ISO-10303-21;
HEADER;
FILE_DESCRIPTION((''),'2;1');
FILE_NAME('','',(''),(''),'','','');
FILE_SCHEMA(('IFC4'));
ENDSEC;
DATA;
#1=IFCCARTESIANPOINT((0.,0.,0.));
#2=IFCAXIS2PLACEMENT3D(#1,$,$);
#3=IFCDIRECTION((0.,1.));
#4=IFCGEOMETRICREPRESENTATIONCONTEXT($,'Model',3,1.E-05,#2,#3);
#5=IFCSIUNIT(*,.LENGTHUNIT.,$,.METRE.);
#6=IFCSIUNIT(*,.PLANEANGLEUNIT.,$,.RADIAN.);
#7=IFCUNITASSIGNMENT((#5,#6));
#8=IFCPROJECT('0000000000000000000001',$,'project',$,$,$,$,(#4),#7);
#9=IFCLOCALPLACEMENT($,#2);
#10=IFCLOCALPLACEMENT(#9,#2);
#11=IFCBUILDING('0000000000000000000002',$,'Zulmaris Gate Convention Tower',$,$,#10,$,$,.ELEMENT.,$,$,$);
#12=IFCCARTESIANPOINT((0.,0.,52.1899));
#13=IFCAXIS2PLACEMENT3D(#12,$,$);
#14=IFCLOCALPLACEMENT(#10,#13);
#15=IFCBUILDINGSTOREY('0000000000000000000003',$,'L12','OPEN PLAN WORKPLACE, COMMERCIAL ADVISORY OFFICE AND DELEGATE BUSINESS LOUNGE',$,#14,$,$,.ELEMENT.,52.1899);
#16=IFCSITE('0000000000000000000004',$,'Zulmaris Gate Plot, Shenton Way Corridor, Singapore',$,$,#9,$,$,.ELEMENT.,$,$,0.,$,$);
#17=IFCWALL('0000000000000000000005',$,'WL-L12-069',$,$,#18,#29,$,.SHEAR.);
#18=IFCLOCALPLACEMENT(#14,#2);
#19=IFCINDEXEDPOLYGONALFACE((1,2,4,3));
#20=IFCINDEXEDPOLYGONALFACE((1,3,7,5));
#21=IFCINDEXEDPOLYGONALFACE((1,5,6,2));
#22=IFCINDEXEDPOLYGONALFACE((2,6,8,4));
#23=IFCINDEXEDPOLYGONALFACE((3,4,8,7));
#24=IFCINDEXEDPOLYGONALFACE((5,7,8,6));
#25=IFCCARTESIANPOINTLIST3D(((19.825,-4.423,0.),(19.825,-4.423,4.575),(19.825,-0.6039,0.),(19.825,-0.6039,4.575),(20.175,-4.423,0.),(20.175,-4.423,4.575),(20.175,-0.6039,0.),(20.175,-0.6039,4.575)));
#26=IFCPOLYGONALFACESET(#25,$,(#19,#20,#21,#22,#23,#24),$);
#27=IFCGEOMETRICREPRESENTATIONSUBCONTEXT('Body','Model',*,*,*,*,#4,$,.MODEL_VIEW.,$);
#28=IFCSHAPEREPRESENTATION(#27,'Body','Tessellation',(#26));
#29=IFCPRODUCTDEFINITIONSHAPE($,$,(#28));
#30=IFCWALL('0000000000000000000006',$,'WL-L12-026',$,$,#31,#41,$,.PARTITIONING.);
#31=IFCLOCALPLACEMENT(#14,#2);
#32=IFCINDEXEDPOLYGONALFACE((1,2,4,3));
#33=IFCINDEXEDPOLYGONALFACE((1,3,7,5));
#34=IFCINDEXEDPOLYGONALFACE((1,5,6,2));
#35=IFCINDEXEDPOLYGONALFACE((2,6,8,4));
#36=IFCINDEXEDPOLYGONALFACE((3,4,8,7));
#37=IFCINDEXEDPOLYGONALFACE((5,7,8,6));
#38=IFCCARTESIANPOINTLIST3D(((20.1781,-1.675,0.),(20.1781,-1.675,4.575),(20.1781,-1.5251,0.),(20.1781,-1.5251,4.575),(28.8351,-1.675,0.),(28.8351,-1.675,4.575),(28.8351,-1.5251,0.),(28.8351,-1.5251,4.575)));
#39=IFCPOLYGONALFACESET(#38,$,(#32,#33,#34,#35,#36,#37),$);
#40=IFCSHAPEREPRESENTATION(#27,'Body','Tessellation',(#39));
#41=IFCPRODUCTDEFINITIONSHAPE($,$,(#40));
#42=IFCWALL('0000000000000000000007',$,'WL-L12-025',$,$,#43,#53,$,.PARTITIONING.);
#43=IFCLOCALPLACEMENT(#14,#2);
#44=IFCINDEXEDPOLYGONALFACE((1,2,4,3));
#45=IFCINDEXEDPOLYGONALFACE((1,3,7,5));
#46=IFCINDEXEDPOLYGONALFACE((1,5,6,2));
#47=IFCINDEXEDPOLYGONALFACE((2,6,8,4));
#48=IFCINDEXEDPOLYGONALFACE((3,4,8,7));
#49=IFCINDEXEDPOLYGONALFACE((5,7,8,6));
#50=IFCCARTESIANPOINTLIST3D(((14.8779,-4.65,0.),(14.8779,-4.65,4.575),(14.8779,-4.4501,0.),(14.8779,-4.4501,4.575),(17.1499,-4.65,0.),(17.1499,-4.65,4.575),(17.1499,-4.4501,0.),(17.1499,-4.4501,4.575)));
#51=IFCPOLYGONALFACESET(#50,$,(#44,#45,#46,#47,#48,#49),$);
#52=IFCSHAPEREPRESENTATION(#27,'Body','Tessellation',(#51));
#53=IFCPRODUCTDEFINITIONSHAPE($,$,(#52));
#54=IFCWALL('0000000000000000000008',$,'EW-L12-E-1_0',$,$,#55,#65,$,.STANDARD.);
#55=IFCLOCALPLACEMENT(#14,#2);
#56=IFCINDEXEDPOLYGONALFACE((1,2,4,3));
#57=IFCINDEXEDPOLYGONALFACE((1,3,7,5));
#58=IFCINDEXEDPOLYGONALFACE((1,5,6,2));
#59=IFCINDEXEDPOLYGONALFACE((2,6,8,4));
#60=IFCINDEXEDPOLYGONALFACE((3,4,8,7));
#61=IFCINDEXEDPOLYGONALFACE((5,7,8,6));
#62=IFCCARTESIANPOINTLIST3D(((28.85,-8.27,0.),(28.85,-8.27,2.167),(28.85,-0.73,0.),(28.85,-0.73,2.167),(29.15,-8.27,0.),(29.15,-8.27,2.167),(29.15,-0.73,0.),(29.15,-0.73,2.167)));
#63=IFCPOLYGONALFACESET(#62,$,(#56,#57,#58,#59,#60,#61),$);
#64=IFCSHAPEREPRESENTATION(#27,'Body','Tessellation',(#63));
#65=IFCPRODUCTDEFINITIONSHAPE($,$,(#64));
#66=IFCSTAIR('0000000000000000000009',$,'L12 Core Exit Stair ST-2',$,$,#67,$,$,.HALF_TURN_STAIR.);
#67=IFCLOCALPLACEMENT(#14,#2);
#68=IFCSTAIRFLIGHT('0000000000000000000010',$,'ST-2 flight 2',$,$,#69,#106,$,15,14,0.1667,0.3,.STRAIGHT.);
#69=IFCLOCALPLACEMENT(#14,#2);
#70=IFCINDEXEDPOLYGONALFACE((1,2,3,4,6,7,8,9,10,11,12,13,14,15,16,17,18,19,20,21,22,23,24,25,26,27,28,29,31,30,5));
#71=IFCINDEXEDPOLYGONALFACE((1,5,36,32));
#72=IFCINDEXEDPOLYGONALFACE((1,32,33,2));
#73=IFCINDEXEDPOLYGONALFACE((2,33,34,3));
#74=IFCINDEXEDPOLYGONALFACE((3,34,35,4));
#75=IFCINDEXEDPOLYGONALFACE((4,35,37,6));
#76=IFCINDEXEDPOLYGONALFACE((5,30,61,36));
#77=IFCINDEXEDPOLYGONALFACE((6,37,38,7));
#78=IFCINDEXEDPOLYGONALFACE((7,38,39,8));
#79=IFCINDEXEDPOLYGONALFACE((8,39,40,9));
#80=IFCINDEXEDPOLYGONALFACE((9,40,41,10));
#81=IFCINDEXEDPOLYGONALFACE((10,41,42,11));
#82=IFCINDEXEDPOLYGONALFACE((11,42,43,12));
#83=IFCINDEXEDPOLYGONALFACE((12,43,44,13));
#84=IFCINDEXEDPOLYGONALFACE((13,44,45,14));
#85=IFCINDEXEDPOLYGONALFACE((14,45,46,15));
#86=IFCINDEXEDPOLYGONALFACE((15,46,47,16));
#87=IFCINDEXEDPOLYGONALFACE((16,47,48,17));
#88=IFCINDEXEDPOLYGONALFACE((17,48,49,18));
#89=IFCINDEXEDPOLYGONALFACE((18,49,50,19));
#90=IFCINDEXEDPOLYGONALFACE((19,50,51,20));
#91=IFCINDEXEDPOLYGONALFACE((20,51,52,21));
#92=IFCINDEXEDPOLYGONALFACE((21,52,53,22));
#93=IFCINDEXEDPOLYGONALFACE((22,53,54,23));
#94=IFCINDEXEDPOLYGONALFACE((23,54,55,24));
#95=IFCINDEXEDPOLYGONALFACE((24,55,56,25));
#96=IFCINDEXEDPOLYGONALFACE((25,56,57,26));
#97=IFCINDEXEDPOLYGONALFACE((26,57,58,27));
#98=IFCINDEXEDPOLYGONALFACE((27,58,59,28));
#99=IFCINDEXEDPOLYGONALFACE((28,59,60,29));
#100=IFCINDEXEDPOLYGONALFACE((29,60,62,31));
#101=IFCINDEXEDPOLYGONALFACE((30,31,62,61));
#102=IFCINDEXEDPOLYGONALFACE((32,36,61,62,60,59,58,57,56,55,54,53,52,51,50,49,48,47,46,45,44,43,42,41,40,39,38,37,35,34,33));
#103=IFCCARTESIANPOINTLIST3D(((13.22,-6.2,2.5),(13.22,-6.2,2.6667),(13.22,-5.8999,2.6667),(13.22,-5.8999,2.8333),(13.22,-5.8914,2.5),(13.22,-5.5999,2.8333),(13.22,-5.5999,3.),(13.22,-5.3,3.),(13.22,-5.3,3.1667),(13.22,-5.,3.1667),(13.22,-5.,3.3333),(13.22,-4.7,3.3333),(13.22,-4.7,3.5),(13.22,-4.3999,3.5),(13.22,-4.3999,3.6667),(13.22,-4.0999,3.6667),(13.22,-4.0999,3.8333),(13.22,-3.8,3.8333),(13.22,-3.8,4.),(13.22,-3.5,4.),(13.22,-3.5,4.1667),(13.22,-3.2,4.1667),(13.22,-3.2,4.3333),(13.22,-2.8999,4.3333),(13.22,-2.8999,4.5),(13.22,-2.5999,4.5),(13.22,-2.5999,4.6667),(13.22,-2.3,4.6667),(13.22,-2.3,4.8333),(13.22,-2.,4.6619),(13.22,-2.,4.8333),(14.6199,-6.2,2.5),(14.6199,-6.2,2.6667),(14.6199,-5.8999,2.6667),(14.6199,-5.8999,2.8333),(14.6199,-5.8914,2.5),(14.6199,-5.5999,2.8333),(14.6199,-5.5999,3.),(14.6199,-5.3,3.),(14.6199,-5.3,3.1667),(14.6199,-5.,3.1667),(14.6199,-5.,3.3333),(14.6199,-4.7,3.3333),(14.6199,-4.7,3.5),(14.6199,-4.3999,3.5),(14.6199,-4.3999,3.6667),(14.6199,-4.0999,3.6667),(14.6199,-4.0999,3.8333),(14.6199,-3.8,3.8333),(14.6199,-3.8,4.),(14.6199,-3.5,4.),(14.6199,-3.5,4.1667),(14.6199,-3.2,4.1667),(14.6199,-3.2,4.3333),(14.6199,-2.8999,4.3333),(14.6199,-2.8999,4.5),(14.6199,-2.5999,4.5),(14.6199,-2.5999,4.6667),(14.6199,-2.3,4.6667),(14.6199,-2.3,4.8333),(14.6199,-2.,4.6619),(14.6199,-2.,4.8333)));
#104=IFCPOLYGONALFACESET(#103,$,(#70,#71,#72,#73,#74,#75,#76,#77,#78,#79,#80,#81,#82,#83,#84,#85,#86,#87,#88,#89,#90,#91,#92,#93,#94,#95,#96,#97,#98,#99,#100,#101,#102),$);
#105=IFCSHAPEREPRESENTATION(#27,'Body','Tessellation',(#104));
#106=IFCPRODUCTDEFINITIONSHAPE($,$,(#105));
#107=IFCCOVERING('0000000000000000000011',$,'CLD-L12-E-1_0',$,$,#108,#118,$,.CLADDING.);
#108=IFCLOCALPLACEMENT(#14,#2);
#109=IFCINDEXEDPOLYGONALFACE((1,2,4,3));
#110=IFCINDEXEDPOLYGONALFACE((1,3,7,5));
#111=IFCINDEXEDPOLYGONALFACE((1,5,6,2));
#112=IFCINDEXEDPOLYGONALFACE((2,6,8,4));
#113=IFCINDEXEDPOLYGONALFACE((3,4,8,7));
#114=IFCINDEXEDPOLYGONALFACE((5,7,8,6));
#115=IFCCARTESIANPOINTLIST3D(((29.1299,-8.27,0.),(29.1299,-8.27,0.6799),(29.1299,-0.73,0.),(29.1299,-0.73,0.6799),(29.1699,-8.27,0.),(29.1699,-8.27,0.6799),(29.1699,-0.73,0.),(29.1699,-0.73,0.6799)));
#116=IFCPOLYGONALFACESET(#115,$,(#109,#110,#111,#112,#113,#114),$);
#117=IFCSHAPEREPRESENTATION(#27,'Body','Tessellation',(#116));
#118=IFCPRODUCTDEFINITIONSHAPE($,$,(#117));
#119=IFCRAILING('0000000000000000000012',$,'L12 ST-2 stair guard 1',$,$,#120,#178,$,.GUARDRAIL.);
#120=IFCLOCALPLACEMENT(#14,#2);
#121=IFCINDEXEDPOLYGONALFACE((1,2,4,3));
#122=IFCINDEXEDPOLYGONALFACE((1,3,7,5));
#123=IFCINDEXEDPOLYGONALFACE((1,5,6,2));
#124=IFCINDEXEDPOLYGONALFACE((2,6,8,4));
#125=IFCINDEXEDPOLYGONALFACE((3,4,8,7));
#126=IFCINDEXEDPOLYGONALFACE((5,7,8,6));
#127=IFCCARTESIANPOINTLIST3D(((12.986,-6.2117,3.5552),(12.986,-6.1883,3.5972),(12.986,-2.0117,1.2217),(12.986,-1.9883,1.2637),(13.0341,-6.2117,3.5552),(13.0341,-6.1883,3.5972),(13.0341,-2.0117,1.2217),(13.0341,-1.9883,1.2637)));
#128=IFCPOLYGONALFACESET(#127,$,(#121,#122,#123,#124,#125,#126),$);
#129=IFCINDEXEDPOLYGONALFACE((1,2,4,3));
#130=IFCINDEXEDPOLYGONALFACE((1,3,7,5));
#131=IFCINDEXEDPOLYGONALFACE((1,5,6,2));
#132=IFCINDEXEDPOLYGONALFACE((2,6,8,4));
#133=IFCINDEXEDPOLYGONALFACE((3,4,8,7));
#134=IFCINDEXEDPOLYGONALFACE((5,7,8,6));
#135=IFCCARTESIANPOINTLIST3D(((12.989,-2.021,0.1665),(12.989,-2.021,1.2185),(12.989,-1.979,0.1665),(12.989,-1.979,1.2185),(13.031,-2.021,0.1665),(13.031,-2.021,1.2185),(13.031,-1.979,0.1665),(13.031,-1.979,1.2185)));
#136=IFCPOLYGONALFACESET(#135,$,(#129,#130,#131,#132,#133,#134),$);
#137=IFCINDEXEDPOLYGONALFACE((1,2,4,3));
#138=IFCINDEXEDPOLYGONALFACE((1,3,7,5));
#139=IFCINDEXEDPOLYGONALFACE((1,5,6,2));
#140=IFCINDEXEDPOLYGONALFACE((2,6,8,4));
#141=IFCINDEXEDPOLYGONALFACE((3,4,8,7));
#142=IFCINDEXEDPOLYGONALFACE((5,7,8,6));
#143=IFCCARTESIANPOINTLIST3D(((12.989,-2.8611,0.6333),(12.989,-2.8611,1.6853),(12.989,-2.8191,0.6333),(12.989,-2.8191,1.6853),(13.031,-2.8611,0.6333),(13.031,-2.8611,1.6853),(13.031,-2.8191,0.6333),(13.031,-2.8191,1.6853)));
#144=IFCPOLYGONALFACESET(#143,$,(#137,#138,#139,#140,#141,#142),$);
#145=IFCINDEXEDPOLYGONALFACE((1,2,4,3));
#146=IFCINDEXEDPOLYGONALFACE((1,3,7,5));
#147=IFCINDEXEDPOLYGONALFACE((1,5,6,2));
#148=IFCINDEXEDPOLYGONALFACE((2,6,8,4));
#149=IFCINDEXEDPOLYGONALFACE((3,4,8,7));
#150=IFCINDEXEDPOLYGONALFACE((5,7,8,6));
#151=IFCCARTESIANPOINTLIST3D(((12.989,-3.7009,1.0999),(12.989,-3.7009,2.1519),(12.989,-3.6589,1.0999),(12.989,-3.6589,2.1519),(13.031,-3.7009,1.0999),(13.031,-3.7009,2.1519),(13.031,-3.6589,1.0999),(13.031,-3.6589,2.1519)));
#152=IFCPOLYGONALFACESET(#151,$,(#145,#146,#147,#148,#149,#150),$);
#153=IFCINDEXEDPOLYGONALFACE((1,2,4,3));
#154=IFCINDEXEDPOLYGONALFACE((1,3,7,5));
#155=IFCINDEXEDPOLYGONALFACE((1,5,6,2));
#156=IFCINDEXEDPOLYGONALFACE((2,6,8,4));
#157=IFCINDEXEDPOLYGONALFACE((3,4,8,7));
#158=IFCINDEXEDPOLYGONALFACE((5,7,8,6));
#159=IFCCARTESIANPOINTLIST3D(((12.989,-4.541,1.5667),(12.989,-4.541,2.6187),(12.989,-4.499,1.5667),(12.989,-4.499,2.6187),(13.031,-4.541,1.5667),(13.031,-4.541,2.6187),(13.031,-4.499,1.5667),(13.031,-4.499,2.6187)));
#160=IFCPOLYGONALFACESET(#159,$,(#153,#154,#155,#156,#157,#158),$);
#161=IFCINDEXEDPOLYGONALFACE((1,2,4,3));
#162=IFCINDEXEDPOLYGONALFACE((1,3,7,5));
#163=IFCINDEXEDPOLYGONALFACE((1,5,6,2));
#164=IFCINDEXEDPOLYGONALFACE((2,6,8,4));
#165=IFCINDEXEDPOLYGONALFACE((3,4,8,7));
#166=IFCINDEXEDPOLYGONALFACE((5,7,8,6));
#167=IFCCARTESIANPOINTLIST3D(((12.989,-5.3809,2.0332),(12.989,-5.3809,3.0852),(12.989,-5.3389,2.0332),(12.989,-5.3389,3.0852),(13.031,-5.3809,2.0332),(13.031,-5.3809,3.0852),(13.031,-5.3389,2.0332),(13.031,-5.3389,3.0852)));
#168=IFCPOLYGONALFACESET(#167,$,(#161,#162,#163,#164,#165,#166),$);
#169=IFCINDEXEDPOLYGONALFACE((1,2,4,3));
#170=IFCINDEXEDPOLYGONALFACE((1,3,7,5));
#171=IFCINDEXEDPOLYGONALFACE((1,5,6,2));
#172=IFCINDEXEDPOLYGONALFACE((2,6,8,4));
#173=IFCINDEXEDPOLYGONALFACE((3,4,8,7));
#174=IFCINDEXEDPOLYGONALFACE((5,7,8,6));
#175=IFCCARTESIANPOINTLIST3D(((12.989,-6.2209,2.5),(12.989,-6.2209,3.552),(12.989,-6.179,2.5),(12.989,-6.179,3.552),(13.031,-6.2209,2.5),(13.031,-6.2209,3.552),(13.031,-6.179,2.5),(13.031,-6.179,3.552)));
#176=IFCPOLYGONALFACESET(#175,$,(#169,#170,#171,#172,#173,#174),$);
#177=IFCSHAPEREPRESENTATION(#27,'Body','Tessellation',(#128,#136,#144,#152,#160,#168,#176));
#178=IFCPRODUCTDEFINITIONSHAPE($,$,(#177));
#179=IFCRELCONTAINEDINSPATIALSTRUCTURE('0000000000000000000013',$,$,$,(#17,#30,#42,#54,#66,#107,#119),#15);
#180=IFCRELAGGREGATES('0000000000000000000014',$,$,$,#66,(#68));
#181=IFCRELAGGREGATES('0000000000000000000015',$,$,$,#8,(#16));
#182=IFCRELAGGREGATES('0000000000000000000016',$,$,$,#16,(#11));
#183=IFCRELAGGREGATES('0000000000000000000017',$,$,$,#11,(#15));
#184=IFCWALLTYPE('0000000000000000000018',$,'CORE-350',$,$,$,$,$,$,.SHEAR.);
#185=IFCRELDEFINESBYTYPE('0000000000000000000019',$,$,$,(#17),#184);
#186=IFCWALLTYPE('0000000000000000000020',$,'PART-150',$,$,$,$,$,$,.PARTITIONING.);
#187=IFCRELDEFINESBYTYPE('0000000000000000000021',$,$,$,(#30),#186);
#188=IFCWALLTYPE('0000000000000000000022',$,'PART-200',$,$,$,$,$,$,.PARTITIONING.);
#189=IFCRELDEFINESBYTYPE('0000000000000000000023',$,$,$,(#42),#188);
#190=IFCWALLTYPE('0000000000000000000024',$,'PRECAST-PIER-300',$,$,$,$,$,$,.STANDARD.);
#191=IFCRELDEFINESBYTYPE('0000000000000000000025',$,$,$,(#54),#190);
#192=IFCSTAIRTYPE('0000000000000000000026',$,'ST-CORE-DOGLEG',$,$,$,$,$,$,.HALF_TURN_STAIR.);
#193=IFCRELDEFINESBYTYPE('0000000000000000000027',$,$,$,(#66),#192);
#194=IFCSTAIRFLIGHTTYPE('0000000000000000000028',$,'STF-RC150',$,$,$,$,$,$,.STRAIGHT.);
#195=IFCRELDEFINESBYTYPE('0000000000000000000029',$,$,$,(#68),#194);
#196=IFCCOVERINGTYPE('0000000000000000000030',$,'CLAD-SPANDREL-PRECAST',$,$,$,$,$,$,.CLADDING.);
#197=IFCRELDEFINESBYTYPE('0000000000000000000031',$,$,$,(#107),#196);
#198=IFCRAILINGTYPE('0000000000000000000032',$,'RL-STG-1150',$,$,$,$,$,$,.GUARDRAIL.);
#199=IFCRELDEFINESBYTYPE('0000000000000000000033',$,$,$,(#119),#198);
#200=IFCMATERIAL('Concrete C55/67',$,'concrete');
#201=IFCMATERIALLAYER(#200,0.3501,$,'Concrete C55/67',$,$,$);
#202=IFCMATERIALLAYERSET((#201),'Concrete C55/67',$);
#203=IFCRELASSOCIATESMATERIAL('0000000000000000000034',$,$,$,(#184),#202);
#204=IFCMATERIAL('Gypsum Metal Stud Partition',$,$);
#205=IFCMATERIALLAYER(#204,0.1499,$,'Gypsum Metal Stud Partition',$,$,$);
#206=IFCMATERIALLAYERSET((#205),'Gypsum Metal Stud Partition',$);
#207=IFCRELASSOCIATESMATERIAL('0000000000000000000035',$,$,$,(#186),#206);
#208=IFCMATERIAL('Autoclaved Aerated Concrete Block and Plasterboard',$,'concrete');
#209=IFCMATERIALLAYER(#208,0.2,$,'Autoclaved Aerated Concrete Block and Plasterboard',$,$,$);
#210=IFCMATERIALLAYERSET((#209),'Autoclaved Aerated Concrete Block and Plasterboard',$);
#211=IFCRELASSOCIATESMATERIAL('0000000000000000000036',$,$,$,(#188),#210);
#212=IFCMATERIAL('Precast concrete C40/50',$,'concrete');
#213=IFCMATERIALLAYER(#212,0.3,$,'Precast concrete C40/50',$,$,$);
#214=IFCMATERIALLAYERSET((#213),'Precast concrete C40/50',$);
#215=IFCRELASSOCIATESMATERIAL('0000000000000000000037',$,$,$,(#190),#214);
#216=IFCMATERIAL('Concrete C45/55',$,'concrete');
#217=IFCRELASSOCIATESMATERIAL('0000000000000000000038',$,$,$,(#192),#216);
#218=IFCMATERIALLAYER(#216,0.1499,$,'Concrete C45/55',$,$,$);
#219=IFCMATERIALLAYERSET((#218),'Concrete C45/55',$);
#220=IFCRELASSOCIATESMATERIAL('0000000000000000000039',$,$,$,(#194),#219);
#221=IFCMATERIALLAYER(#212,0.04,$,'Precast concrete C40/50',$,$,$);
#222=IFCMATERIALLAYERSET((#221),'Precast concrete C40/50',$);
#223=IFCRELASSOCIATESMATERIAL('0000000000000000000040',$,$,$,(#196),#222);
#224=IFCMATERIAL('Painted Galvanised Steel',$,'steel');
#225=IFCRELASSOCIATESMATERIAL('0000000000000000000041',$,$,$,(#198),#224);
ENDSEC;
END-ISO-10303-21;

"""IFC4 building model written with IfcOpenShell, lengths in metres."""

from ifc_helpers import new_model, si_unit, direction, frame, frame_2d, origin, origin_2d, place, context, subcontext, project, spatial, polyline, rectangle, outline, extrude, material, layer, layer_set, type_object, element, aggregate, save


model = new_model("IFC4")

# Units and contexts
model_context = context("Model", 3, precision=1e-05, world=origin(), true_north=direction((0.0, 1.0)))
body_context = subcontext(model_context, "Body", "Model", "MODEL_VIEW")
ifc_project = project(units=[si_unit("LENGTHUNIT", "METRE"), si_unit("PLANEANGLEUNIT", "RADIAN")], contexts=[model_context])

# Site, building, storey
site_placement = place(None, origin())
site = spatial("IfcSite", under=ifc_project, at=site_placement, Name="Zulmaris Gate Plot, Shenton Way Corridor, Singapore", CompositionType="ELEMENT", RefElevation=0.0)
building_placement = place(site_placement, origin())
building = spatial("IfcBuilding", under=site, at=building_placement, Name="Zulmaris Gate Convention Tower", CompositionType="ELEMENT")
storey_placement = place(building_placement, frame((0.0, 0.0, 52.1899)))
storey = spatial("IfcBuildingStorey", under=building, at=storey_placement, Name="L12", Description="OPEN PLAN WORKPLACE, COMMERCIAL ADVISORY OFFICE AND DELEGATE BUSINESS LOUNGE", CompositionType="ELEMENT", Elevation=52.1899)

# Walls
ifc_material_1 = material(Name="Concrete C55/67", Category="concrete")
ifc_layer_1 = layer(ifc_material_1, 0.3501, Name="Concrete C55/67")
ifc_layer_set_1 = layer_set([ifc_layer_1], Name="Concrete C55/67")
wall_type_1 = type_object("IfcWallType", Name="CORE-350", PredefinedType="SHEAR", material=ifc_layer_set_1)
wall_1_placement = place(storey_placement, frame((20.0, -4.4231, 0.0), z_axis=(0.0, 0.0, 1.0), x_axis=(0.0, 1.0, 0.0)))
element("IfcWall", 1, at=wall_1_placement, inside=storey, type_object=wall_type_1, Name="WL-L12-069", PredefinedType="SHEAR", context=body_context, shape_type="SweptSolid", body=[
    extrude(rectangle(XDim=3.8191, YDim=0.3501, at=frame_2d((1.9097, 0.0))), origin(), (0.0, 0.0, 1.0), 4.575),
])
ifc_material_2 = material(Name="Gypsum Metal Stud Partition")
ifc_layer_2 = layer(ifc_material_2, 0.1499, Name="Gypsum Metal Stud Partition")
ifc_layer_set_2 = layer_set([ifc_layer_2], Name="Gypsum Metal Stud Partition")
wall_type_2 = type_object("IfcWallType", Name="PART-150", PredefinedType="PARTITIONING", material=ifc_layer_set_2)
wall_2_placement = place(storey_placement, frame((20.178, -1.6001, 0.0), z_axis=(0.0, 0.0, 1.0), x_axis=(1.0, 0.0, 0.0)))
element("IfcWall", 2, at=wall_2_placement, inside=storey, type_object=wall_type_2, Name="WL-L12-026", PredefinedType="PARTITIONING", context=body_context, shape_type="SweptSolid", body=[
    extrude(rectangle(XDim=8.657, YDim=0.1499, at=frame_2d((4.3286, 0.0))), origin(), (0.0, 0.0, 1.0), 4.575),
])
ifc_material_3 = material(Name="Autoclaved Aerated Concrete Block and Plasterboard", Category="concrete")
ifc_layer_3 = layer(ifc_material_3, 0.2, Name="Autoclaved Aerated Concrete Block and Plasterboard")
ifc_layer_set_3 = layer_set([ifc_layer_3], Name="Autoclaved Aerated Concrete Block and Plasterboard")
wall_type_3 = type_object("IfcWallType", Name="PART-200", PredefinedType="PARTITIONING", material=ifc_layer_set_3)
wall_3_placement = place(storey_placement, frame((14.8779, -4.55, 0.0), z_axis=(0.0, 0.0, 1.0), x_axis=(1.0, 0.0, 0.0)))
element("IfcWall", 3, at=wall_3_placement, inside=storey, type_object=wall_type_3, Name="WL-L12-025", PredefinedType="PARTITIONING", context=body_context, shape_type="SweptSolid", body=[
    extrude(rectangle(XDim=2.272, YDim=0.2, at=frame_2d((1.136, 0.0))), origin(), (0.0, 0.0, 1.0), 4.575),
])
ifc_material_4 = material(Name="Precast concrete C40/50", Category="concrete")
ifc_layer_4 = layer(ifc_material_4, 0.3, Name="Precast concrete C40/50")
ifc_layer_set_4 = layer_set([ifc_layer_4], Name="Precast concrete C40/50")
wall_type_4 = type_object("IfcWallType", Name="PRECAST-PIER-300", PredefinedType="STANDARD", material=ifc_layer_set_4)
wall_4_placement = place(storey_placement, frame((29.0, -8.27, 0.0), z_axis=(0.0, 0.0, 1.0), x_axis=(0.0, 1.0, 0.0)))
element("IfcWall", 4, at=wall_4_placement, inside=storey, type_object=wall_type_4, Name="EW-L12-E-1_0", PredefinedType="STANDARD", context=body_context, shape_type="SweptSolid", body=[
    extrude(rectangle(XDim=7.54, YDim=0.3, at=frame_2d((3.77, 0.0))), origin(), (0.0, 0.0, 1.0), 2.167),
])

# Stair, stair flight
ifc_material_5 = material(Name="Concrete C45/55", Category="concrete")
stair_type = type_object("IfcStairType", Name="ST-CORE-DOGLEG", PredefinedType="HALF_TURN_STAIR", material=ifc_material_5)
stair_placement = place(storey_placement, origin())
stair = element("IfcStair", 5, at=stair_placement, inside=storey, type_object=stair_type, Name="L12 Core Exit Stair ST-2", PredefinedType="HALF_TURN_STAIR")
ifc_layer_5 = layer(ifc_material_5, 0.1499, Name="Concrete C45/55")
ifc_layer_set_5 = layer_set([ifc_layer_5], Name="Concrete C45/55")
stair_flight_type = type_object("IfcStairFlightType", Name="STF-RC150", PredefinedType="STRAIGHT", material=ifc_layer_set_5)
stair_flight_placement = place(storey_placement, frame((13.9199, -6.2, 2.5), z_axis=(0.0, 0.0, 1.0), x_axis=(0.0, 1.0, 0.0)))
stair_flight = element("IfcStairFlight", 6, at=stair_flight_placement, type_object=stair_flight_type, Name="ST-2 flight 2", NumberOfRisers=15, NumberOfTreads=14, PredefinedType="STRAIGHT", RiserHeight=0.1667, TreadLength=0.3, context=body_context, shape_type="SweptSolid", body=[
    extrude(outline(polyline([(0.0, 0.0), (0.0, 0.1667), (0.3, 0.1667), (0.3, 0.3333), (0.6001, 0.3333), (0.6001, 0.5), (0.8999, 0.5), (0.8999, 0.6667), (1.2, 0.6667), (1.2, 0.8333), (1.5, 0.8333), (1.5, 1.0), (1.8, 1.0), (1.8, 1.1667), (2.1001, 1.1667), (2.1001, 1.3333), (2.3999, 1.3333), (2.3999, 1.5), (2.7, 1.5), (2.7, 1.6667), (3.0, 1.6667), (3.0, 1.8333), (3.3, 1.8333), (3.3, 2.0), (3.6001, 2.0), (3.6001, 2.1667), (3.8999, 2.1667), (3.8999, 2.3333), (4.2, 2.3333), (4.2, 2.5), (4.2, 2.1619), (0.3086, 0.0), (0.0, 0.0)])), frame((0.0, 0.7, 0.0), z_axis=(0.0, -1.0, 0.0), x_axis=(1.0, 0.0, 0.0)), (0.0, 0.0, 1.0), 1.3999),
])
aggregate(stair, [stair_flight])

# Covering
ifc_layer_6 = layer(ifc_material_4, 0.04, Name="Precast concrete C40/50")
ifc_layer_set_6 = layer_set([ifc_layer_6], Name="Precast concrete C40/50")
covering_type = type_object("IfcCoveringType", Name="CLAD-SPANDREL-PRECAST", PredefinedType="CLADDING", material=ifc_layer_set_6)
covering_placement = place(storey_placement, frame((29.1499, -8.27, 0.0), z_axis=(0.0, 0.0, 1.0), x_axis=(0.0, 1.0, 0.0)))
element("IfcCovering", 7, at=covering_placement, inside=storey, type_object=covering_type, Name="CLD-L12-E-1_0", PredefinedType="CLADDING", context=body_context, shape_type="SweptSolid", body=[
    extrude(rectangle(XDim=7.54, YDim=0.04, at=frame_2d((3.77, 0.0))), origin(), (0.0, 0.0, 1.0), 0.6799),
])

# Railing
ifc_material_6 = material(Name="Painted Galvanised Steel", Category="steel")
railing_type_1 = type_object("IfcRailingType", Name="RL-STG-1150", PredefinedType="GUARDRAIL", material=ifc_material_6)
railing_1_placement = place(storey_placement, frame((13.01, -2.0, 0.1665)))
element("IfcRailing", 8, at=railing_1_placement, inside=storey, type_object=railing_type_1, Name="L12 ST-2 stair guard 1", PredefinedType="GUARDRAIL", context=body_context, shape_type="SweptSolid", body=[
    extrude(rectangle(XDim=0.0481, YDim=0.0481, at=origin_2d()), frame((0.0, 0.0, 1.0762), z_axis=(0.0, -0.87414, 0.485673), x_axis=(1.0, 0.0, 0.0)), (0.0, 0.0, 1.0), 4.8047),
    extrude(rectangle(XDim=0.042, YDim=0.042, at=origin_2d()), origin(), (0.0, 0.0, 1.0), 1.052),
    extrude(rectangle(XDim=0.042, YDim=0.042, at=origin_2d()), frame((0.0, -0.8401, 0.4668)), (0.0, 0.0, 1.0), 1.052),
    extrude(rectangle(XDim=0.042, YDim=0.042, at=origin_2d()), frame((0.0, -1.6799, 0.9333)), (0.0, 0.0, 1.0), 1.052),
    extrude(rectangle(XDim=0.042, YDim=0.042, at=origin_2d()), frame((0.0, -2.52, 1.4001)), (0.0, 0.0, 1.0), 1.052),
    extrude(rectangle(XDim=0.042, YDim=0.042, at=origin_2d()), frame((0.0, -3.3599, 1.8667)), (0.0, 0.0, 1.0), 1.052),
    extrude(rectangle(XDim=0.042, YDim=0.042, at=origin_2d()), frame((0.0, -4.2, 2.3335)), (0.0, 0.0, 1.0), 1.052),
])

save(model, "model.ifc")
